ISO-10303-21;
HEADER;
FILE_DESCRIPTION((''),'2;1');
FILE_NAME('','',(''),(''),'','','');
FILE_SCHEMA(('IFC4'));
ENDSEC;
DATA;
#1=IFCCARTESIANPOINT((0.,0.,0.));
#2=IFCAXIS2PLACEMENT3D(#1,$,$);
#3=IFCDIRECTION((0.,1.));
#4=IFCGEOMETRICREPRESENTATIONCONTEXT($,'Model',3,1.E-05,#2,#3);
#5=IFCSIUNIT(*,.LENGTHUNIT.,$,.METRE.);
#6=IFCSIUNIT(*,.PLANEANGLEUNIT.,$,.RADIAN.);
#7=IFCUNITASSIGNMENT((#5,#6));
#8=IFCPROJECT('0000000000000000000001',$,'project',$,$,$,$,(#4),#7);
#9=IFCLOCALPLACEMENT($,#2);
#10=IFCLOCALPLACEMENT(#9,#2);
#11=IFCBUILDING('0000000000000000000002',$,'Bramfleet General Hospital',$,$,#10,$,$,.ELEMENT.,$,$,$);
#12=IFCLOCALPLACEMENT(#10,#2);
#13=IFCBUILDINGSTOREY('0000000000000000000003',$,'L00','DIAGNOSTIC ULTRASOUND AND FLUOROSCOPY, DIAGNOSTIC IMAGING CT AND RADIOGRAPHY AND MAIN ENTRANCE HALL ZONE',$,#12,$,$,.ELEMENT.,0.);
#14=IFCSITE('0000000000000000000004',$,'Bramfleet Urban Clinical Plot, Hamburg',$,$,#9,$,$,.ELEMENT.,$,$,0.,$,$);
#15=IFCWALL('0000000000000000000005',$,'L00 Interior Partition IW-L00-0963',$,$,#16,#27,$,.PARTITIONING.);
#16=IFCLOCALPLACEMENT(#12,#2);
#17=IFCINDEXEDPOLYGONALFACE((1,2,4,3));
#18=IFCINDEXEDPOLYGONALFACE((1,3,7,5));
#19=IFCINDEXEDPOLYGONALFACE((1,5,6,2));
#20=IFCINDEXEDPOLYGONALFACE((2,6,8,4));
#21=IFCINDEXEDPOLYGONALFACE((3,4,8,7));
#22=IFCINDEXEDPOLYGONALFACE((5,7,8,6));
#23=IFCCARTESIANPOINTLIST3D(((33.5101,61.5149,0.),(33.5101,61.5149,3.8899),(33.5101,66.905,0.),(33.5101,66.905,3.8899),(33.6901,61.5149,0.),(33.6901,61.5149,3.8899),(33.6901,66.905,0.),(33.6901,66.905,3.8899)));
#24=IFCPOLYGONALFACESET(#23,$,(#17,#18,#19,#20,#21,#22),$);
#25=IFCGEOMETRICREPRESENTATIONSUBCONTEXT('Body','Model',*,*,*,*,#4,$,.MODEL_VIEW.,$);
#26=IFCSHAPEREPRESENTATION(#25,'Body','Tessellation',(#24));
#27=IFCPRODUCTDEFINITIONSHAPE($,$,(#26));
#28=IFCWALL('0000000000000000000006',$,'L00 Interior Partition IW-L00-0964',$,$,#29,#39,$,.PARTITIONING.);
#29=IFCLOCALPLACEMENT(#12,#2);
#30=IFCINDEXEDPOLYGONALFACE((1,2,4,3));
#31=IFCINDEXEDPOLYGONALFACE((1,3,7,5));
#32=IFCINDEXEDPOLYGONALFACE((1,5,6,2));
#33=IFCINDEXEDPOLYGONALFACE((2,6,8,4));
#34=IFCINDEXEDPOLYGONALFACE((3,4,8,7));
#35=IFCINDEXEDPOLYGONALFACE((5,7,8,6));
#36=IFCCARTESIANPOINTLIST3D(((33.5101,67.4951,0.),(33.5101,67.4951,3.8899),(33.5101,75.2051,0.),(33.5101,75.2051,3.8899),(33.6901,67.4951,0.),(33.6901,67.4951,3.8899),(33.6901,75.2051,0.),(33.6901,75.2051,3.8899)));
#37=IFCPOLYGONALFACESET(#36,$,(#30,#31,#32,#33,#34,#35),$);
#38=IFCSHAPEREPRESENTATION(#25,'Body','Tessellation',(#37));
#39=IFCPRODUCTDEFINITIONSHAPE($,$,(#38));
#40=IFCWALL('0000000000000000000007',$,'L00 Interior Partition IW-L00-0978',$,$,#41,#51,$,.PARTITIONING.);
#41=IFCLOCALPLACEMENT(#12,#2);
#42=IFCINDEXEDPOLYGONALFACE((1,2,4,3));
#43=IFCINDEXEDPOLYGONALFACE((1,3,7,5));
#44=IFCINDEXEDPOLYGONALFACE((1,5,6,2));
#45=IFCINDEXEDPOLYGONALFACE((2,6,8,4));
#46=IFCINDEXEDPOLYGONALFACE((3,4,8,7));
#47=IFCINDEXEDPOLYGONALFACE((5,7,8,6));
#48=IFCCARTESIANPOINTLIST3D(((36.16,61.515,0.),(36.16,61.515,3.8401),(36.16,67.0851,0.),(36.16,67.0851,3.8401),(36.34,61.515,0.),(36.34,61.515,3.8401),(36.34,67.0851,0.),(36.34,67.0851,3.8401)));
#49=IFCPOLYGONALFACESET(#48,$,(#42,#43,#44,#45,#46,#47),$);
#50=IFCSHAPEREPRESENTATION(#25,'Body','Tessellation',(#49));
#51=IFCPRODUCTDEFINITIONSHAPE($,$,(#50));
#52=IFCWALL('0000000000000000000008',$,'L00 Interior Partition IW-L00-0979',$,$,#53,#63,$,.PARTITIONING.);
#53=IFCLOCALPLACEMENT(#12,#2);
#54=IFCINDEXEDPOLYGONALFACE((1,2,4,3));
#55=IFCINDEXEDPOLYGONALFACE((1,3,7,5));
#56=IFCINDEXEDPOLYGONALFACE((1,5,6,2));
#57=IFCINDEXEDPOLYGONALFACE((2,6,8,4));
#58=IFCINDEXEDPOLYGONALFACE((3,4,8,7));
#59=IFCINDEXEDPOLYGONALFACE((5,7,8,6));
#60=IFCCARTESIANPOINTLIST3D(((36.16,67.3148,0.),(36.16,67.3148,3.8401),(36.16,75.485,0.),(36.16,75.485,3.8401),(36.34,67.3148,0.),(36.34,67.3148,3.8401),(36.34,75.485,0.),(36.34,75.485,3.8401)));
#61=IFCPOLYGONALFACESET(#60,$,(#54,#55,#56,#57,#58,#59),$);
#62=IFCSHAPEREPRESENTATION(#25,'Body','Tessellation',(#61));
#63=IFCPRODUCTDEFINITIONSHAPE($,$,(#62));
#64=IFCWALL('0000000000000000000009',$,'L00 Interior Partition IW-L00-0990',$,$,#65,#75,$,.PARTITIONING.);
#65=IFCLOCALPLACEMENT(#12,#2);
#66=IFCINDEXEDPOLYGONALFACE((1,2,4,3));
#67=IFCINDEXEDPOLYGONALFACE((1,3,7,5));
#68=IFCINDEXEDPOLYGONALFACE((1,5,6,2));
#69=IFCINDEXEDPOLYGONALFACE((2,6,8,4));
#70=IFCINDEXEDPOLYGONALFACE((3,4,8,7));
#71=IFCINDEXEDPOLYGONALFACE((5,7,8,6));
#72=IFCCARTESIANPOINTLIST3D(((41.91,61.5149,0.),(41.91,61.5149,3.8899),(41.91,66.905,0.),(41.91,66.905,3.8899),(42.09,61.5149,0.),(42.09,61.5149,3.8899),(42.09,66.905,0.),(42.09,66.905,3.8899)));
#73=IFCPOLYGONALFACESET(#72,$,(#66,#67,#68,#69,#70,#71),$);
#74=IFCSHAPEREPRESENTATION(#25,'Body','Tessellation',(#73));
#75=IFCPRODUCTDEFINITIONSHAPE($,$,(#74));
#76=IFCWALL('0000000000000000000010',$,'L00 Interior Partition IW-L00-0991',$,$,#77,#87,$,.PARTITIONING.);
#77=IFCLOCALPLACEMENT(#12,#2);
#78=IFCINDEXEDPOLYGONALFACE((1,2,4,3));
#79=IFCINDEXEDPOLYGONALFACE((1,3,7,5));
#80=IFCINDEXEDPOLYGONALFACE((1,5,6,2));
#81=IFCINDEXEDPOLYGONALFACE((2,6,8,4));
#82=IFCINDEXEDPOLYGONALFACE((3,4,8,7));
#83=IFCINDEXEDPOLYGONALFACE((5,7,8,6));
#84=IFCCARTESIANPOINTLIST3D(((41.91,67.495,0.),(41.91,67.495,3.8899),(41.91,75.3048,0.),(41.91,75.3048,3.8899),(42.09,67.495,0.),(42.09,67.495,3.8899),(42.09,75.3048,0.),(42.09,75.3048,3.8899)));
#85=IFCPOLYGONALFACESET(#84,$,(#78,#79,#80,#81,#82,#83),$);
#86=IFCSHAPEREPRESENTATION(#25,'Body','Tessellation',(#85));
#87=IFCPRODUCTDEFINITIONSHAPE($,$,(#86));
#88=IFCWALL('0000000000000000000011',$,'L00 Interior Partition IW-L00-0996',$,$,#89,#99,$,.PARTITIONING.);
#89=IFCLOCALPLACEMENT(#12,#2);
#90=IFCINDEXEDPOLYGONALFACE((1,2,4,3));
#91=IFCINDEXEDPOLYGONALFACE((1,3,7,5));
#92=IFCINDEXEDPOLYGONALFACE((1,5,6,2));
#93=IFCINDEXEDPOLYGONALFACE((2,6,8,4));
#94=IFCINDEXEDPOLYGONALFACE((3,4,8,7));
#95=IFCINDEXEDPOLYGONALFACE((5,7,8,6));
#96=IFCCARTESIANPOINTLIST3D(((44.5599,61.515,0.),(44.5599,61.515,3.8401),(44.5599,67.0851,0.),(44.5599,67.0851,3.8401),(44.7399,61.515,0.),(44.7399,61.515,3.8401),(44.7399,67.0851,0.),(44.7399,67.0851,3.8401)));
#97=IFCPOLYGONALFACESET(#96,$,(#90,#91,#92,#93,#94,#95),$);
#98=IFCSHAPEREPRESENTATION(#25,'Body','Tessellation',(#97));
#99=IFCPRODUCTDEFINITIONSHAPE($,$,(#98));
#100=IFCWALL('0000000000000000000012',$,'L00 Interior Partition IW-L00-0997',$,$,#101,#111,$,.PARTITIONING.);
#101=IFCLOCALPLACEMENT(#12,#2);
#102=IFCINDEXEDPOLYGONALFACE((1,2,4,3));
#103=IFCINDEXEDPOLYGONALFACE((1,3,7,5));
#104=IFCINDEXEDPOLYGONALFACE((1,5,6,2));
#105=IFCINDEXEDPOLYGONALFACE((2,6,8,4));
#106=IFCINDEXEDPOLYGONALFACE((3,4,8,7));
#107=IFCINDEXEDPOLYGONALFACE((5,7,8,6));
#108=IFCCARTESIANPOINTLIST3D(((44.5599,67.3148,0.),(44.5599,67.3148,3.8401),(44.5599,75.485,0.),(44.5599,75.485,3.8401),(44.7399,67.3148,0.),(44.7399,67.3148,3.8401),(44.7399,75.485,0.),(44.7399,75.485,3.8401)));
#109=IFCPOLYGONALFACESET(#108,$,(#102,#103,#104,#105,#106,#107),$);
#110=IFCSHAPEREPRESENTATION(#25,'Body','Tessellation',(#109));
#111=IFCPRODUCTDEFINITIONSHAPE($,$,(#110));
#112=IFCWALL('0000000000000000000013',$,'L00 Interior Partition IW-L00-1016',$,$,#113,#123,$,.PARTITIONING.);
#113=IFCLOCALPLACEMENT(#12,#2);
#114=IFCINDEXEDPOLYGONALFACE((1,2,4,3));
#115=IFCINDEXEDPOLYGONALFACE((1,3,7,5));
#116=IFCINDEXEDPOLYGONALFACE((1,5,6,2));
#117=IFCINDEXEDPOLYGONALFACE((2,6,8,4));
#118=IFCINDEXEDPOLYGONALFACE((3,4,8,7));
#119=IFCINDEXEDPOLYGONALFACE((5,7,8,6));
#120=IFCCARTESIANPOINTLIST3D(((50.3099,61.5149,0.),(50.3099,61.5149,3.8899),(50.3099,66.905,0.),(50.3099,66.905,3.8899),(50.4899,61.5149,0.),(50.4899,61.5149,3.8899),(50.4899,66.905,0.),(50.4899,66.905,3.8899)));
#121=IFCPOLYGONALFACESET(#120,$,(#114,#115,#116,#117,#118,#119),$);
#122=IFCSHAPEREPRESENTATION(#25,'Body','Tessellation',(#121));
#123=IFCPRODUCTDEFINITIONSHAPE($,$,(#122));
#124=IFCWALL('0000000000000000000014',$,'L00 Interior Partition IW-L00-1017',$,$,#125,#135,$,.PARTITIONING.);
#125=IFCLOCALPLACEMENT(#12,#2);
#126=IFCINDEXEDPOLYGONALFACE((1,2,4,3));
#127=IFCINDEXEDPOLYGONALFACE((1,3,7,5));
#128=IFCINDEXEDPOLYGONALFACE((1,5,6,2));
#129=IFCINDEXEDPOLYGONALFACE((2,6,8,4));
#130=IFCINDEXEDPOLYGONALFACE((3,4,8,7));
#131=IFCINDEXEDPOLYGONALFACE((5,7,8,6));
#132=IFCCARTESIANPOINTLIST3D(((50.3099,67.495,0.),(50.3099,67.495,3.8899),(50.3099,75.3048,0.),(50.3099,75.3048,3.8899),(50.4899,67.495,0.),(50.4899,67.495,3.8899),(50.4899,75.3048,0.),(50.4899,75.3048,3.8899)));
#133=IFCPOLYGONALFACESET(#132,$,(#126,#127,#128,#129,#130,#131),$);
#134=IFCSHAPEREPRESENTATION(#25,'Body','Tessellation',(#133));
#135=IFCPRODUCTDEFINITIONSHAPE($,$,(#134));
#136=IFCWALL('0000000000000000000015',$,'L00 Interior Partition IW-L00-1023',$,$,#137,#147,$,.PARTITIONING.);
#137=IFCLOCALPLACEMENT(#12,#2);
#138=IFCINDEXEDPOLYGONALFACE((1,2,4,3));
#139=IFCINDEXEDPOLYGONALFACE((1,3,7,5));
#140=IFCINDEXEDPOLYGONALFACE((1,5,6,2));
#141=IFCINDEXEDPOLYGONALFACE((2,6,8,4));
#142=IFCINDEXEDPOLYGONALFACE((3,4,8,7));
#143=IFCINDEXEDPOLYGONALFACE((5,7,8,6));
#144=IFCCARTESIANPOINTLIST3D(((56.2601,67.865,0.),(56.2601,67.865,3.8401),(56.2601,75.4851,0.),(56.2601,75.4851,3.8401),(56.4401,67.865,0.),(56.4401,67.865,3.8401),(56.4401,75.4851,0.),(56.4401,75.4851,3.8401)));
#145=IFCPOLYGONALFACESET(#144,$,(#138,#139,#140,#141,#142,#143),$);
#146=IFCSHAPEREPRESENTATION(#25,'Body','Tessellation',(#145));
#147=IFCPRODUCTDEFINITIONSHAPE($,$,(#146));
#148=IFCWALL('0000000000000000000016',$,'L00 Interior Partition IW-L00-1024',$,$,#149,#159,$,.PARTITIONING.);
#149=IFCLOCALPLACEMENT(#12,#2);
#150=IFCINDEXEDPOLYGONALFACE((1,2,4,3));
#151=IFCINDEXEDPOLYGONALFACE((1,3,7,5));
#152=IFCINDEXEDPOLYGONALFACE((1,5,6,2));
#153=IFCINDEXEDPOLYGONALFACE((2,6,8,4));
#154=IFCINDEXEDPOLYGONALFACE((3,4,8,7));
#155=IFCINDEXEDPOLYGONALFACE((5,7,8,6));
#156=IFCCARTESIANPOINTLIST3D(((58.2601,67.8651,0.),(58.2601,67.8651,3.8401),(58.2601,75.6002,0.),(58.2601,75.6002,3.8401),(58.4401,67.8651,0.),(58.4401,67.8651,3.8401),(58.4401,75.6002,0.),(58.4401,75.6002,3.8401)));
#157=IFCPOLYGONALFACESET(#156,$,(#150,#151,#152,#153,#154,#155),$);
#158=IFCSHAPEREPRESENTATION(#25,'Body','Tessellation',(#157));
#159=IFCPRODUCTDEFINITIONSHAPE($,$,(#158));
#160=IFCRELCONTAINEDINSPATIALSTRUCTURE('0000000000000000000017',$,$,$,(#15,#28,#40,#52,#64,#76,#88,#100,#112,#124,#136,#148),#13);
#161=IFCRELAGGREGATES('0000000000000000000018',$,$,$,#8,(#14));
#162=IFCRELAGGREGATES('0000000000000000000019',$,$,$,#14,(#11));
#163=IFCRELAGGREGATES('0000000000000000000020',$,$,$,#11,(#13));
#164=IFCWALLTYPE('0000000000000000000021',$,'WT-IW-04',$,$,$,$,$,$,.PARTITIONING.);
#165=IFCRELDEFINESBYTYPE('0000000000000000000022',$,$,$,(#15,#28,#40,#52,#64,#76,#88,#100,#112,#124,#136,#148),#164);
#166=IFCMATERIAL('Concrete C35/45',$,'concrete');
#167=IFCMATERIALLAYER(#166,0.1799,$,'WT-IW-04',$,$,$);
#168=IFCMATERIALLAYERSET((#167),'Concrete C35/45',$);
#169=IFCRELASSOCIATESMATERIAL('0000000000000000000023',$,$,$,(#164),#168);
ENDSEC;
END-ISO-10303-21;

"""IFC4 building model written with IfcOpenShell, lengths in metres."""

from ifc_helpers import new_model, si_unit, direction, frame, frame_2d, origin, place, context, subcontext, project, spatial, rectangle, extrude, material, layer, layer_set, type_object, element, save


model = new_model("IFC4")

# Units and contexts
model_context = context("Model", 3, precision=1e-05, world=origin(), true_north=direction((0.0, 1.0)))
body_context = subcontext(model_context, "Body", "Model", "MODEL_VIEW")
ifc_project = project(units=[si_unit("LENGTHUNIT", "METRE"), si_unit("PLANEANGLEUNIT", "RADIAN")], contexts=[model_context])

# Site, building, storey
site_placement = place(None, origin())
site = spatial("IfcSite", under=ifc_project, at=site_placement, Name="Bramfleet Urban Clinical Plot, Hamburg", CompositionType="ELEMENT", RefElevation=0.0)
building_placement = place(site_placement, origin())
building = spatial("IfcBuilding", under=site, at=building_placement, Name="Bramfleet General Hospital", CompositionType="ELEMENT")
storey_placement = place(building_placement, origin())
storey = spatial("IfcBuildingStorey", under=building, at=storey_placement, Name="L00", Description="DIAGNOSTIC ULTRASOUND AND FLUOROSCOPY, DIAGNOSTIC IMAGING CT AND RADIOGRAPHY AND MAIN ENTRANCE HALL ZONE", CompositionType="ELEMENT", Elevation=0.0)

# Shared definitions
ifc_material_1 = material(Name="Concrete C35/45", Category="concrete")

# Shared definitions
ifc_layer_1 = layer(ifc_material_1, 0.1799, Name="WT-IW-04")
ifc_layer_set_1 = layer_set([ifc_layer_1], Name="Concrete C35/45")
wall_type = type_object("IfcWallType", Name="WT-IW-04", PredefinedType="PARTITIONING", material=ifc_layer_set_1)

# Walls
wall_1_placement = place(storey_placement, frame((33.6001, 61.5149, 0.0), z_axis=(0.0, 0.0, 1.0), x_axis=(0.0, 1.0, 0.0)))
element("IfcWall", 1, at=wall_1_placement, inside=storey, type_object=wall_type, Name="L00 Interior Partition IW-L00-0963", PredefinedType="PARTITIONING", context=body_context, shape_type="SweptSolid", body=[
    extrude(rectangle(XDim=5.3901, YDim=0.1799, at=frame_2d((2.6951, 0.0))), origin(), (0.0, 0.0, 1.0), 3.8899),
])
wall_2_placement = place(storey_placement, frame((33.6001, 67.4951, 0.0), z_axis=(0.0, 0.0, 1.0), x_axis=(0.0, 1.0, 0.0)))
element("IfcWall", 2, at=wall_2_placement, inside=storey, type_object=wall_type, Name="L00 Interior Partition IW-L00-0964", PredefinedType="PARTITIONING", context=body_context, shape_type="SweptSolid", body=[
    extrude(rectangle(XDim=7.71, YDim=0.1799, at=frame_2d((3.855, 0.0))), origin(), (0.0, 0.0, 1.0), 3.8899),
])
wall_3_placement = place(storey_placement, frame((36.25, 61.5149, 0.0), z_axis=(0.0, 0.0, 1.0), x_axis=(0.0, 1.0, 0.0)))
element("IfcWall", 3, at=wall_3_placement, inside=storey, type_object=wall_type, Name="L00 Interior Partition IW-L00-0978", PredefinedType="PARTITIONING", context=body_context, shape_type="SweptSolid", body=[
    extrude(rectangle(XDim=5.5701, YDim=0.1799, at=frame_2d((2.7852, 0.0))), origin(), (0.0, 0.0, 1.0), 3.8401),
])
wall_4_placement = place(storey_placement, frame((36.25, 67.3149, 0.0), z_axis=(0.0, 0.0, 1.0), x_axis=(0.0, 1.0, 0.0)))
element("IfcWall", 4, at=wall_4_placement, inside=storey, type_object=wall_type, Name="L00 Interior Partition IW-L00-0979", PredefinedType="PARTITIONING", context=body_context, shape_type="SweptSolid", body=[
    extrude(rectangle(XDim=8.1702, YDim=0.1799, at=frame_2d((4.085, 0.0))), origin(), (0.0, 0.0, 1.0), 3.8401),
])
wall_5_placement = place(storey_placement, frame((42.0, 61.5149, 0.0), z_axis=(0.0, 0.0, 1.0), x_axis=(0.0, 1.0, 0.0)))
element("IfcWall", 5, at=wall_5_placement, inside=storey, type_object=wall_type, Name="L00 Interior Partition IW-L00-0990", PredefinedType="PARTITIONING", context=body_context, shape_type="SweptSolid", body=[
    extrude(rectangle(XDim=5.3901, YDim=0.1799, at=frame_2d((2.6951, 0.0))), origin(), (0.0, 0.0, 1.0), 3.8899),
])
wall_6_placement = place(storey_placement, frame((42.0, 67.4951, 0.0), z_axis=(0.0, 0.0, 1.0), x_axis=(0.0, 1.0, 0.0)))
element("IfcWall", 6, at=wall_6_placement, inside=storey, type_object=wall_type, Name="L00 Interior Partition IW-L00-0991", PredefinedType="PARTITIONING", context=body_context, shape_type="SweptSolid", body=[
    extrude(rectangle(XDim=7.8098, YDim=0.1799, at=frame_2d((3.9048, 0.0))), origin(), (0.0, 0.0, 1.0), 3.8899),
])
wall_7_placement = place(storey_placement, frame((44.6499, 61.5149, 0.0), z_axis=(0.0, 0.0, 1.0), x_axis=(0.0, 1.0, 0.0)))
element("IfcWall", 7, at=wall_7_placement, inside=storey, type_object=wall_type, Name="L00 Interior Partition IW-L00-0996", PredefinedType="PARTITIONING", context=body_context, shape_type="SweptSolid", body=[
    extrude(rectangle(XDim=5.5701, YDim=0.1799, at=frame_2d((2.7852, 0.0))), origin(), (0.0, 0.0, 1.0), 3.8401),
])
wall_8_placement = place(storey_placement, frame((44.6499, 67.3149, 0.0), z_axis=(0.0, 0.0, 1.0), x_axis=(0.0, 1.0, 0.0)))
element("IfcWall", 8, at=wall_8_placement, inside=storey, type_object=wall_type, Name="L00 Interior Partition IW-L00-0997", PredefinedType="PARTITIONING", context=body_context, shape_type="SweptSolid", body=[
    extrude(rectangle(XDim=8.1702, YDim=0.1799, at=frame_2d((4.085, 0.0))), origin(), (0.0, 0.0, 1.0), 3.8401),
])
wall_9_placement = place(storey_placement, frame((50.3999, 61.5149, 0.0), z_axis=(0.0, 0.0, 1.0), x_axis=(0.0, 1.0, 0.0)))
element("IfcWall", 9, at=wall_9_placement, inside=storey, type_object=wall_type, Name="L00 Interior Partition IW-L00-1016", PredefinedType="PARTITIONING", context=body_context, shape_type="SweptSolid", body=[
    extrude(rectangle(XDim=5.3901, YDim=0.1799, at=frame_2d((2.6951, 0.0))), origin(), (0.0, 0.0, 1.0), 3.8899),
])
wall_10_placement = place(storey_placement, frame((50.3999, 67.4951, 0.0), z_axis=(0.0, 0.0, 1.0), x_axis=(0.0, 1.0, 0.0)))
element("IfcWall", 10, at=wall_10_placement, inside=storey, type_object=wall_type, Name="L00 Interior Partition IW-L00-1017", PredefinedType="PARTITIONING", context=body_context, shape_type="SweptSolid", body=[
    extrude(rectangle(XDim=7.8098, YDim=0.1799, at=frame_2d((3.9048, 0.0))), origin(), (0.0, 0.0, 1.0), 3.8899),
])
wall_11_placement = place(storey_placement, frame((56.3501, 67.865, 0.0), z_axis=(0.0, 0.0, 1.0), x_axis=(0.0, 1.0, 0.0)))
element("IfcWall", 11, at=wall_11_placement, inside=storey, type_object=wall_type, Name="L00 Interior Partition IW-L00-1023", PredefinedType="PARTITIONING", context=body_context, shape_type="SweptSolid", body=[
    extrude(rectangle(XDim=7.6201, YDim=0.1799, at=frame_2d((3.8101, 0.0))), origin(), (0.0, 0.0, 1.0), 3.8401),
])
wall_12_placement = place(storey_placement, frame((58.3501, 67.865, 0.0), z_axis=(0.0, 0.0, 1.0), x_axis=(0.0, 1.0, 0.0)))
element("IfcWall", 12, at=wall_12_placement, inside=storey, type_object=wall_type, Name="L00 Interior Partition IW-L00-1024", PredefinedType="PARTITIONING", context=body_context, shape_type="SweptSolid", body=[
    extrude(rectangle(XDim=7.7351, YDim=0.1799, at=frame_2d((3.8677, 0.0))), origin(), (0.0, 0.0, 1.0), 3.8401),
])

save(model, "model.ifc")
